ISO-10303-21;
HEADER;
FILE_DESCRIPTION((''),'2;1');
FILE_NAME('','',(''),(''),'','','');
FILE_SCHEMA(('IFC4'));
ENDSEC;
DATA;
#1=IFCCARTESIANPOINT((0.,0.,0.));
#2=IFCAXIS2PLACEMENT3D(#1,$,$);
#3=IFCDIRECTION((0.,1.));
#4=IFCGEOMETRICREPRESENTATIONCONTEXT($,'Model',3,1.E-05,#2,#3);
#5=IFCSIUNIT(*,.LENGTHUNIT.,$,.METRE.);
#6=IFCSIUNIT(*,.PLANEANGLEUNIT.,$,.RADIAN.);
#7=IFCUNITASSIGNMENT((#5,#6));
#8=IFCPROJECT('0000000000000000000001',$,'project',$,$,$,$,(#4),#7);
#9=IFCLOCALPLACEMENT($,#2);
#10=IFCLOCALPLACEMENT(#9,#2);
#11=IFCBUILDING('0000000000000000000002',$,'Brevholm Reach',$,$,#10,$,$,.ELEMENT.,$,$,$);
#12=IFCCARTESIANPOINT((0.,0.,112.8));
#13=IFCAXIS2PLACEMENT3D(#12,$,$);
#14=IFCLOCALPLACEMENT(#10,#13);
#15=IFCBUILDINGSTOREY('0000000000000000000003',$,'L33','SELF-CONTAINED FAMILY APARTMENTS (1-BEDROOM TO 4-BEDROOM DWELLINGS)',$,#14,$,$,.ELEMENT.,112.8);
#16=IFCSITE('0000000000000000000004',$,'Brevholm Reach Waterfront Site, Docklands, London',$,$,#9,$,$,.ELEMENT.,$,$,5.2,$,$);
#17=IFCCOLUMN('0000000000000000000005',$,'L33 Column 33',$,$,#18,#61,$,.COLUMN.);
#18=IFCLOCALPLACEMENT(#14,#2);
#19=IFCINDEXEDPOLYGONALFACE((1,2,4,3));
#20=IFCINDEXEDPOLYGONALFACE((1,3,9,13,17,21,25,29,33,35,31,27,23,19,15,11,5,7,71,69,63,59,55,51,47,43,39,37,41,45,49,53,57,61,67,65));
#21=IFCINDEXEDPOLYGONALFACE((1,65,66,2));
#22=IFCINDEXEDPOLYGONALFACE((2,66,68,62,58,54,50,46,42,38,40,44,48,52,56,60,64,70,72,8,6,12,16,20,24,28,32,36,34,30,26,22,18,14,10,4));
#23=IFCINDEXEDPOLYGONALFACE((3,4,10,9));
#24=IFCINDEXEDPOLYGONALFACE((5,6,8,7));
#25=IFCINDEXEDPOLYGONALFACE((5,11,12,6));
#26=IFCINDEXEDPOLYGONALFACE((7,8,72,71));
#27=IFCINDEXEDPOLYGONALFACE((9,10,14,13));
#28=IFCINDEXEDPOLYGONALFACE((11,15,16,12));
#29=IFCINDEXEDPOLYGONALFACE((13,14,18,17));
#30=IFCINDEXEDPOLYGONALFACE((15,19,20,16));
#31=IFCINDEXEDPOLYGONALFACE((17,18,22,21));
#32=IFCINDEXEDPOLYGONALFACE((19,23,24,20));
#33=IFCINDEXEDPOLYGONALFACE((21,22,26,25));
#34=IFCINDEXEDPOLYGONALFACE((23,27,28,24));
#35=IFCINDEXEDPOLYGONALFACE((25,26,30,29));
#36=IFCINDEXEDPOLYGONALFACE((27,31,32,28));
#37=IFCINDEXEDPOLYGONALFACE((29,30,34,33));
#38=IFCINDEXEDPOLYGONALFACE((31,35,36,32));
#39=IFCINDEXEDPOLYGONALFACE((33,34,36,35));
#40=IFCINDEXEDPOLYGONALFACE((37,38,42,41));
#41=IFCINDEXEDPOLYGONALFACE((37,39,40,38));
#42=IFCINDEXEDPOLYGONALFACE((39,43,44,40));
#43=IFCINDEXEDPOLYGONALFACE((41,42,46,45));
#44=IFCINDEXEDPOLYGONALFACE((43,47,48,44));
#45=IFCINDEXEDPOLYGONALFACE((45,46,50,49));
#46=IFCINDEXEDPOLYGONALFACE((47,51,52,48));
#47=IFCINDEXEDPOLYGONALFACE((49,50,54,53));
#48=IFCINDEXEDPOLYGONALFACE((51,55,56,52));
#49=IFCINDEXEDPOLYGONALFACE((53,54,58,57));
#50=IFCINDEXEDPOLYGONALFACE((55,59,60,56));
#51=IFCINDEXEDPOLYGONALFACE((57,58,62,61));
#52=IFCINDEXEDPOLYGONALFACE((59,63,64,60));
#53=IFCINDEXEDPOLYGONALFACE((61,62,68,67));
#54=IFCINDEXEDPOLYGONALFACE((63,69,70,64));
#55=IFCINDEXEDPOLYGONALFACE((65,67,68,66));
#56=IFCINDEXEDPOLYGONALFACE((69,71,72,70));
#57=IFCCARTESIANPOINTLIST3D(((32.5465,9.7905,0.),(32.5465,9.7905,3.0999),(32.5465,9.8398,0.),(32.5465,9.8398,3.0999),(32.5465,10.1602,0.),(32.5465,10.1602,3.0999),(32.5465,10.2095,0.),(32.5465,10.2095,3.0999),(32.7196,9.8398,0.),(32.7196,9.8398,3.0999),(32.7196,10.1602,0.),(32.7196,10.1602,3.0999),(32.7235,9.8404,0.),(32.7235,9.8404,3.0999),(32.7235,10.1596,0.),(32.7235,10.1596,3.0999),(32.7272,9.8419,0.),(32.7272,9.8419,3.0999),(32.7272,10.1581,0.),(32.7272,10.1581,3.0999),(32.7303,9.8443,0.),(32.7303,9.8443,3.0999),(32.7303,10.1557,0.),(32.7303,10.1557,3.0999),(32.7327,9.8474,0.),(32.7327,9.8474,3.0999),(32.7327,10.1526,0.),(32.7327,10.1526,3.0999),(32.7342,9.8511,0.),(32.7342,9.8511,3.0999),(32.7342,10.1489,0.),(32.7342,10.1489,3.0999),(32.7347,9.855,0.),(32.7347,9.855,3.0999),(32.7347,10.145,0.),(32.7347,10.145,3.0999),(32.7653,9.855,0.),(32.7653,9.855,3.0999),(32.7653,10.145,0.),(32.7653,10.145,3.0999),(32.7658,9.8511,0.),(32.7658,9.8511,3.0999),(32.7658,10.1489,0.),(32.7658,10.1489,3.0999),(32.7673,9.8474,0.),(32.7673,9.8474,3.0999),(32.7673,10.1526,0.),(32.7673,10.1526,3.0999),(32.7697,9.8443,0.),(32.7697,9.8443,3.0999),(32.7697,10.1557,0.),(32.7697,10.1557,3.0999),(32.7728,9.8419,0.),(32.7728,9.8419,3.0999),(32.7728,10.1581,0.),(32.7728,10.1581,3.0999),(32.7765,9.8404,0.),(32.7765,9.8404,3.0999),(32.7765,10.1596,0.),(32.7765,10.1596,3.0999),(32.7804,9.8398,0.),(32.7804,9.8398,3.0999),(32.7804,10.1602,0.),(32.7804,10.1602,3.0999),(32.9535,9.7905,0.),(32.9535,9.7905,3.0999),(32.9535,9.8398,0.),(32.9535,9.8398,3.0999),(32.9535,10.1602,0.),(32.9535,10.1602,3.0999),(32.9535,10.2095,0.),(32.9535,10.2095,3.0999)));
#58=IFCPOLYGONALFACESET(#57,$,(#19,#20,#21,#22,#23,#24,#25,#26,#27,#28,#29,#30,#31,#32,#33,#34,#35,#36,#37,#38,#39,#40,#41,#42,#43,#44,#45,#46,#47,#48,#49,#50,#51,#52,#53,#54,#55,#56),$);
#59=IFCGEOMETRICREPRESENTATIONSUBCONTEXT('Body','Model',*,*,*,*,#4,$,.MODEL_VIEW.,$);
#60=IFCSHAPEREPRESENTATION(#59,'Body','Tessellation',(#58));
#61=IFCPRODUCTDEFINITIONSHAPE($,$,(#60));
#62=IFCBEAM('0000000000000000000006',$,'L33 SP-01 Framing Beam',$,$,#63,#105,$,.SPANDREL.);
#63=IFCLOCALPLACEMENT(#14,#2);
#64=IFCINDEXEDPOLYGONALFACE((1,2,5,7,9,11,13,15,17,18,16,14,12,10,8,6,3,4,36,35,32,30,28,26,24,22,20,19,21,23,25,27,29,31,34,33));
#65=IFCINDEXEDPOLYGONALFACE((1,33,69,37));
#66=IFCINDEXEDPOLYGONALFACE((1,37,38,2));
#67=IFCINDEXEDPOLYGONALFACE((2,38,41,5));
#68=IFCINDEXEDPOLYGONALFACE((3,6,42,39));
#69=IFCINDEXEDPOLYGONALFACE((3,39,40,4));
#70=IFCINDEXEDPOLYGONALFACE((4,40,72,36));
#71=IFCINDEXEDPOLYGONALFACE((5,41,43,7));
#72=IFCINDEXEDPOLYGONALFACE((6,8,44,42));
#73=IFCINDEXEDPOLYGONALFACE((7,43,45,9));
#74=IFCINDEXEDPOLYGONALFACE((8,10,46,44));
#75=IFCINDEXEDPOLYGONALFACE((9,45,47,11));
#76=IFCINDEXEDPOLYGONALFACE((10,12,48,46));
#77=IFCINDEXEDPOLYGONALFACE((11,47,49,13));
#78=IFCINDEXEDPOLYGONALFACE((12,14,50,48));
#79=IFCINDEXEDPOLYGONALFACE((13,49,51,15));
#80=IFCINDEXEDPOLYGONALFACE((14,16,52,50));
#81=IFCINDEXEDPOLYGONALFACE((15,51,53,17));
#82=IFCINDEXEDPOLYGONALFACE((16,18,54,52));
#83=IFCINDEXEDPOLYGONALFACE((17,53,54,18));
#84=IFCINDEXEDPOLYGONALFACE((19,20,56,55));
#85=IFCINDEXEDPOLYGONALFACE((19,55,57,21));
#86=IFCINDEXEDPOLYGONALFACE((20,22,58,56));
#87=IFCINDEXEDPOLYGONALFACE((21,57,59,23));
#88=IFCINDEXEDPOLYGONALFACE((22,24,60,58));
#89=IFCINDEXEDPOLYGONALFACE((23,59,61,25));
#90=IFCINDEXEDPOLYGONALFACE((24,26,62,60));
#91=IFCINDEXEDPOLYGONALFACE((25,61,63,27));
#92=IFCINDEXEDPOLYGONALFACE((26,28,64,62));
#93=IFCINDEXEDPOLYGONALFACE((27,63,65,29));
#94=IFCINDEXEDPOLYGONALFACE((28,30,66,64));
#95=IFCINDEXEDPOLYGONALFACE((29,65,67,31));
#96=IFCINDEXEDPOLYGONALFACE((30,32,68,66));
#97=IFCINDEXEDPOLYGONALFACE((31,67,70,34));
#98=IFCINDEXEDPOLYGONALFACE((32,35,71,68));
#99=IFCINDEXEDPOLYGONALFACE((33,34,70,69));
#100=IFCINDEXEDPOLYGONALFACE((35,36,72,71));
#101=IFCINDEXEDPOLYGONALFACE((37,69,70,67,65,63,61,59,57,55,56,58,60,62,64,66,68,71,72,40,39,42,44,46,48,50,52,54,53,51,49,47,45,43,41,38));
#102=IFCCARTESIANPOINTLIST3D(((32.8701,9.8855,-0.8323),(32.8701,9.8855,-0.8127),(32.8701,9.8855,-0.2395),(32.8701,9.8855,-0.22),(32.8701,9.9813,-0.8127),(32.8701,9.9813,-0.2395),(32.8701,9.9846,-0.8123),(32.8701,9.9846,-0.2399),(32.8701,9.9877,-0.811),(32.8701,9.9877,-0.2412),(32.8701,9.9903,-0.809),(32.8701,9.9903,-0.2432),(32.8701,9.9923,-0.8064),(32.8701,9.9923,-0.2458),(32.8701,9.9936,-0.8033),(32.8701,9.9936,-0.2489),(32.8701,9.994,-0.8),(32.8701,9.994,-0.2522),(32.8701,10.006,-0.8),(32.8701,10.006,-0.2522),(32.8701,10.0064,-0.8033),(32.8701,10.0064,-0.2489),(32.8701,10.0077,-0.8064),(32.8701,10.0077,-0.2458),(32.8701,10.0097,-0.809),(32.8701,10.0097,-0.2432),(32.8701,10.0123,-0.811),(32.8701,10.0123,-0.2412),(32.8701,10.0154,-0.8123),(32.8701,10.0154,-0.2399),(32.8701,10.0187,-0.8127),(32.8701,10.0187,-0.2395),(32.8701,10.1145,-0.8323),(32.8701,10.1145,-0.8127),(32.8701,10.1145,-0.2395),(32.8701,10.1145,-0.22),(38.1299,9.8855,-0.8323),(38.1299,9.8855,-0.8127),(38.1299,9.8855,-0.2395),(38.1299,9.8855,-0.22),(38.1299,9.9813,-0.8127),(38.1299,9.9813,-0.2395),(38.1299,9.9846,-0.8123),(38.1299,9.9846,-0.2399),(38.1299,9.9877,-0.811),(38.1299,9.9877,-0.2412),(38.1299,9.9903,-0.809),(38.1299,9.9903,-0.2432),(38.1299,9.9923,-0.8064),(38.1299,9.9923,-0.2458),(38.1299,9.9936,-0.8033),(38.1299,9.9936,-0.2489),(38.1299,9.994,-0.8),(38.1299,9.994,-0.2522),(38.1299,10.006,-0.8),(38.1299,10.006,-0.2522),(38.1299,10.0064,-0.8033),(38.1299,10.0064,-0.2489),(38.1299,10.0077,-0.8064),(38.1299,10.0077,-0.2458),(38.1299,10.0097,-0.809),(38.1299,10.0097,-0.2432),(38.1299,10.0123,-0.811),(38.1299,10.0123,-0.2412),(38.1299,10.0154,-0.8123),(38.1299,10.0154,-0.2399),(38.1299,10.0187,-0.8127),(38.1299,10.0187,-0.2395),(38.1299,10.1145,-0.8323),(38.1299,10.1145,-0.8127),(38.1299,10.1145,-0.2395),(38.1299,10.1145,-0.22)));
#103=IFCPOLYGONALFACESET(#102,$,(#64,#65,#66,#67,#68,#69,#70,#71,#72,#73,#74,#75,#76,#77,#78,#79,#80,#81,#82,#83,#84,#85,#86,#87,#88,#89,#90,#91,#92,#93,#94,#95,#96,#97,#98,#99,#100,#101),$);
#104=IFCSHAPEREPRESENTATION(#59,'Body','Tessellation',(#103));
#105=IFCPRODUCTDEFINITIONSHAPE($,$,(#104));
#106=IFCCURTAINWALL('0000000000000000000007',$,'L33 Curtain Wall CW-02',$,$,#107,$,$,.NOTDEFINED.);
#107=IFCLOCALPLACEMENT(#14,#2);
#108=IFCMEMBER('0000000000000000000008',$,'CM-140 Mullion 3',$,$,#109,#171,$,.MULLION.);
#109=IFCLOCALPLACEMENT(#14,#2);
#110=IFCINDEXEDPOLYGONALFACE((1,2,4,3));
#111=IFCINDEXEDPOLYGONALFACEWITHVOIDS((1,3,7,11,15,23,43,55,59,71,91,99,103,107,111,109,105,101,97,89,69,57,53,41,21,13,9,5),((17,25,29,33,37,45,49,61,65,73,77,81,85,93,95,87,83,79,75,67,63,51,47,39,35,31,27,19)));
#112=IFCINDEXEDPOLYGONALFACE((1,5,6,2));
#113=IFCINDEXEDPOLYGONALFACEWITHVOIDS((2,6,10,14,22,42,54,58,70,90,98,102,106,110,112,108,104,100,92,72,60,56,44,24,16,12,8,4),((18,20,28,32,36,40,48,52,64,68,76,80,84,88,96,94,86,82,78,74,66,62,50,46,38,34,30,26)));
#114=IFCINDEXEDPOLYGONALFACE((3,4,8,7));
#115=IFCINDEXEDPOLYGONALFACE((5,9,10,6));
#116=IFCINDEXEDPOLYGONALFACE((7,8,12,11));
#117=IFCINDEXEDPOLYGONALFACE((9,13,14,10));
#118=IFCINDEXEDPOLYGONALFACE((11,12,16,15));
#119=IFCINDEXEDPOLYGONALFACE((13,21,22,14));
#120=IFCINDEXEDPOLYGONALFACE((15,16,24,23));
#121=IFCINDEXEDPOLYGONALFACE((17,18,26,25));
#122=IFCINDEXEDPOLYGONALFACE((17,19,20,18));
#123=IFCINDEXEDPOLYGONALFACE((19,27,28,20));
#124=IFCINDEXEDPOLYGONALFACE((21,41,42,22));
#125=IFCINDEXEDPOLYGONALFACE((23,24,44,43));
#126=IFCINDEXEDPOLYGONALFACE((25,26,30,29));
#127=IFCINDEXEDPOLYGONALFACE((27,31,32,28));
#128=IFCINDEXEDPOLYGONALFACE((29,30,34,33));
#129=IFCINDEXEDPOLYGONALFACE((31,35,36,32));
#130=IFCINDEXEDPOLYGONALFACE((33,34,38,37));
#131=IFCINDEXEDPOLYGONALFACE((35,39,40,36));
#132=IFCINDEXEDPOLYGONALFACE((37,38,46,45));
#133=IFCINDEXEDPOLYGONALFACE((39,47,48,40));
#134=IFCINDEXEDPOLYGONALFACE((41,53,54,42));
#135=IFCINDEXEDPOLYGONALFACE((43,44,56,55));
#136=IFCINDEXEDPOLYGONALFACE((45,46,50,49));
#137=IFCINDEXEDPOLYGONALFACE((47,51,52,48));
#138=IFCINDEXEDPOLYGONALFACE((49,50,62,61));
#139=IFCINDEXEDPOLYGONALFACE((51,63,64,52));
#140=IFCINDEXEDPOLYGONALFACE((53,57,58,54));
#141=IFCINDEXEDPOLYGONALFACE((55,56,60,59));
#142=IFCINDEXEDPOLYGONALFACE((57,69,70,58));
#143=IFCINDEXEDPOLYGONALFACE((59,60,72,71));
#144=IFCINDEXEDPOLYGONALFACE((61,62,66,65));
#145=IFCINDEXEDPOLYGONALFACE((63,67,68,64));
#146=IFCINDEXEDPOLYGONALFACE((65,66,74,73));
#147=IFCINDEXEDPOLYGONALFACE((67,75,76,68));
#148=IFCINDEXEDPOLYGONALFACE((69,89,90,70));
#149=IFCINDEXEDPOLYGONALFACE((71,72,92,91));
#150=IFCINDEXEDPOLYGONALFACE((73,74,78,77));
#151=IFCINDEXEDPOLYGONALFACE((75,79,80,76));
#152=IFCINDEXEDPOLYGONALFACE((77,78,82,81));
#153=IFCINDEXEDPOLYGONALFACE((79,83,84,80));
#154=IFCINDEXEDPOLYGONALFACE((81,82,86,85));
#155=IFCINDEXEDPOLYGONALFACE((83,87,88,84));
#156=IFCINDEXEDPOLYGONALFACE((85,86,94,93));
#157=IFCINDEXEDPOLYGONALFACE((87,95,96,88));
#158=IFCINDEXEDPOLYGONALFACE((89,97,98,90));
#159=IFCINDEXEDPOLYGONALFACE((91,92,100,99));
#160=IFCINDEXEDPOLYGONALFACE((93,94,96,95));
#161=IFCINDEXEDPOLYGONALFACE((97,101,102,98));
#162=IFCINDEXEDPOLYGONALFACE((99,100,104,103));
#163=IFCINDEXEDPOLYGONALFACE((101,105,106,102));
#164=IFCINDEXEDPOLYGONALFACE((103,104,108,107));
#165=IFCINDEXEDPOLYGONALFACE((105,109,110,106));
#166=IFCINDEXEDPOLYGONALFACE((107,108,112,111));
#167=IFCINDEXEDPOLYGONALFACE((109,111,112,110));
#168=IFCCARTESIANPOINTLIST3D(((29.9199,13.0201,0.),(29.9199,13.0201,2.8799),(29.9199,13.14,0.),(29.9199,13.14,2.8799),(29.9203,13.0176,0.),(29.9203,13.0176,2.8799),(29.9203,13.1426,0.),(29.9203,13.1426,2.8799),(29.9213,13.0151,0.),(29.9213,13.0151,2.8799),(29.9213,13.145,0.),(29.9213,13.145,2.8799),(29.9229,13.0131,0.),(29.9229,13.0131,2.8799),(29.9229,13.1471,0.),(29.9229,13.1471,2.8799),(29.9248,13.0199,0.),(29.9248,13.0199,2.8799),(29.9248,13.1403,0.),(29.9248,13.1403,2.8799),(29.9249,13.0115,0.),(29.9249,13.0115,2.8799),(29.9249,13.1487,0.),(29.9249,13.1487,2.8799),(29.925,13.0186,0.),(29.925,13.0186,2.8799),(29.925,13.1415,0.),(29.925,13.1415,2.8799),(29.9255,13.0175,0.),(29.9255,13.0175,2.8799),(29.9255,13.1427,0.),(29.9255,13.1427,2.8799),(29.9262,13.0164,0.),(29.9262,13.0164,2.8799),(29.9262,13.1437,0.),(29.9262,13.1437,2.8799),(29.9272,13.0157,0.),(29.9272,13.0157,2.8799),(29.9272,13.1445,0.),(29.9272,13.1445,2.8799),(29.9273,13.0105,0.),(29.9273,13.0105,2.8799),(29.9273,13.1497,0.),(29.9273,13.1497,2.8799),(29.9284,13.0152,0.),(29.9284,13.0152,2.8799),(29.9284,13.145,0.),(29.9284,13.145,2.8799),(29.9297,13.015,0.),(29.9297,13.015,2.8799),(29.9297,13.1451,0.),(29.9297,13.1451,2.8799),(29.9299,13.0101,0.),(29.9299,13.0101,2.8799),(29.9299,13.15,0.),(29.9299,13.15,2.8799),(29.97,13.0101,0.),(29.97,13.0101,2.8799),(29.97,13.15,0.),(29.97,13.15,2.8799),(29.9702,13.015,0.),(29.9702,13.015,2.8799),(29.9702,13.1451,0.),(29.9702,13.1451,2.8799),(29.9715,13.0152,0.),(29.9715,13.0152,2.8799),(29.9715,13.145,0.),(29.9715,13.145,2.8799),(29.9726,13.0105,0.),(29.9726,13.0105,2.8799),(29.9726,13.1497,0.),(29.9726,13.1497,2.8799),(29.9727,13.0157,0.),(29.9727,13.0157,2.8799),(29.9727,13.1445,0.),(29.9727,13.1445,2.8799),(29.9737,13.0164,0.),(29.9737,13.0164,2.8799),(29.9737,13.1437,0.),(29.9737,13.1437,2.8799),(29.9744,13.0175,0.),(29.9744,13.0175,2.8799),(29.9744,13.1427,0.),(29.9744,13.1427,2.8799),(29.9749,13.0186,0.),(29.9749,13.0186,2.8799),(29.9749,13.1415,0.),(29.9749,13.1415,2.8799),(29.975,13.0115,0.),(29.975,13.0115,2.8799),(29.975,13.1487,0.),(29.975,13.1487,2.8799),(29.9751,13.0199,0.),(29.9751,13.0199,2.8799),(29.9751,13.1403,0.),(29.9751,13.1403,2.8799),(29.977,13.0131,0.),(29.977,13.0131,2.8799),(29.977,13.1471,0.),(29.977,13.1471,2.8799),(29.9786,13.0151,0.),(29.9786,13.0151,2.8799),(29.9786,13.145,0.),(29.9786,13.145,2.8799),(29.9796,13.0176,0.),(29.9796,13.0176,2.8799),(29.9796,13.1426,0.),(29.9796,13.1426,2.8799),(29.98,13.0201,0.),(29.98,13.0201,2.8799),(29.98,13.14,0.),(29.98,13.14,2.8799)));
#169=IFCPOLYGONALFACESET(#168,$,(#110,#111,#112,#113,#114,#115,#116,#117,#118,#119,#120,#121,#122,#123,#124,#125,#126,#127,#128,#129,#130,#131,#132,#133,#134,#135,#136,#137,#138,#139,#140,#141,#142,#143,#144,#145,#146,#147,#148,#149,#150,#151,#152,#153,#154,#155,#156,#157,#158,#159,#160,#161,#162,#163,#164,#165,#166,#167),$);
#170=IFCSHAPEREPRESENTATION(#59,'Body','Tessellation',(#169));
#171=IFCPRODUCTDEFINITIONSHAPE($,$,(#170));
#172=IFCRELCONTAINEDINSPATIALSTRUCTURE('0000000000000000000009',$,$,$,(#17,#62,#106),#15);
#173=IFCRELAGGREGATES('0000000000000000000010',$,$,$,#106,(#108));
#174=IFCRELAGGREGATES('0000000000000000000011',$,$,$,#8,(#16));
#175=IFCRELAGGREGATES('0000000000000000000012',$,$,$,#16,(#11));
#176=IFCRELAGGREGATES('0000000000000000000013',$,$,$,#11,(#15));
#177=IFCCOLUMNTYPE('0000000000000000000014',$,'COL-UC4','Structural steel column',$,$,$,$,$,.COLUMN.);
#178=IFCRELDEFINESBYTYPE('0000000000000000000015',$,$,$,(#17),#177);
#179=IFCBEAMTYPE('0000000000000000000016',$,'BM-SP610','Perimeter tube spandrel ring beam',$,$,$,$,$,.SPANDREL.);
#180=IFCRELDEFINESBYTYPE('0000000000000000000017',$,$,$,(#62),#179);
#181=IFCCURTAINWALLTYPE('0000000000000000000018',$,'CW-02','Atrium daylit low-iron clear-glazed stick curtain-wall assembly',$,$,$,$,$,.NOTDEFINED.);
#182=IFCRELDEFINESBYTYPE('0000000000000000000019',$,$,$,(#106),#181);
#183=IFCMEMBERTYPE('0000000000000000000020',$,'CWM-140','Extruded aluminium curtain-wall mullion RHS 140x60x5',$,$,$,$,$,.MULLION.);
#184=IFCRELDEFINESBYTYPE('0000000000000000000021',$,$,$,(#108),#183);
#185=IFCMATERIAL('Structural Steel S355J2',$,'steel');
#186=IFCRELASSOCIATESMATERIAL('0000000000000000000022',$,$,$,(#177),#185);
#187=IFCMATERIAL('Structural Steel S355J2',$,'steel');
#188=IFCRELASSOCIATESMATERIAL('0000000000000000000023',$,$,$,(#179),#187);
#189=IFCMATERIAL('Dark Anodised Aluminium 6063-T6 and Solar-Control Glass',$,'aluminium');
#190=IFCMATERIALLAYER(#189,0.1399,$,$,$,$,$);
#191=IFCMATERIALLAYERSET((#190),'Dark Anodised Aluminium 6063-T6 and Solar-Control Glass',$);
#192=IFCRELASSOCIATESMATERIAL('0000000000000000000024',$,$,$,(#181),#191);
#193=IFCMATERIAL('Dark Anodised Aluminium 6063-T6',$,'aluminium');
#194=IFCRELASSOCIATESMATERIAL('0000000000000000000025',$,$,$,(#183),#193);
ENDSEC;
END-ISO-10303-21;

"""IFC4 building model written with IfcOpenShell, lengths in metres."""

from ifc_helpers import new_model, si_unit, direction, frame, origin, origin_2d, place, context, subcontext, project, spatial, hollow_rectangle, i_section, extrude, material, layer, layer_set, material_profile, profile_set, type_object, element, aggregate, save


model = new_model("IFC4")

# Units and contexts
model_context = context("Model", 3, precision=1e-05, world=origin(), true_north=direction((0.0, 1.0)))
body_context = subcontext(model_context, "Body", "Model", "MODEL_VIEW")
ifc_project = project(units=[si_unit("LENGTHUNIT", "METRE"), si_unit("PLANEANGLEUNIT", "RADIAN")], contexts=[model_context])

# Site, building, storey
site_placement = place(None, origin())
site = spatial("IfcSite", under=ifc_project, at=site_placement, Name="Brevholm Reach Waterfront Site, Docklands, London", CompositionType="ELEMENT", RefElevation=5.2)
building_placement = place(site_placement, origin())
building = spatial("IfcBuilding", under=site, at=building_placement, Name="Brevholm Reach", CompositionType="ELEMENT")
storey_placement = place(building_placement, frame((0.0, 0.0, 112.8)))
storey = spatial("IfcBuildingStorey", under=building, at=storey_placement, Name="L33", Description="SELF-CONTAINED FAMILY APARTMENTS (1-BEDROOM TO 4-BEDROOM DWELLINGS)", CompositionType="ELEMENT", Elevation=112.8)

# Column
ifc_material_1 = material(Name="Structural Steel S355J2", Category="steel")
ifc_material_profile_1 = material_profile(ifc_material_1, i_section(OverallWidth=0.407, OverallDepth=0.4189, WebThickness=0.0305, FlangeThickness=0.0493, FilletRadius=0.0151, at=origin_2d()), Name="UKC 356x406x393")
ifc_profile_set_1 = profile_set([ifc_material_profile_1], Name="Structural Steel S355J2")
column_type = type_object("IfcColumnType", Name="COL-UC4", Description="Structural steel column", PredefinedType="COLUMN", material=ifc_profile_set_1)
column_placement = place(storey_placement, frame((32.75, 10.0, 0.0), z_axis=(0.0, 0.0, 1.0), x_axis=(1.0, 0.0, 0.0)))
element("IfcColumn", 1, at=column_placement, inside=storey, type_object=column_type, Name="L33 Column 33", PredefinedType="COLUMN", context=body_context, shape_type="SweptSolid", body=[
    extrude(i_section(OverallWidth=0.407, OverallDepth=0.4189, WebThickness=0.0305, FlangeThickness=0.0493, FilletRadius=0.0151, at=origin_2d()), origin(), (0.0, 0.0, 1.0), 3.0999),
])

# Beam
ifc_material_2 = material(Name="Structural Steel S355J2", Category="steel")
ifc_material_profile_2 = material_profile(ifc_material_2, i_section(OverallWidth=0.229, OverallDepth=0.6123, WebThickness=0.012, FlangeThickness=0.0195, FilletRadius=0.0127, at=origin_2d()), Name="UKB 610x229x125")
ifc_profile_set_2 = profile_set([ifc_material_profile_2], Name="Structural Steel S355J2")
beam_type = type_object("IfcBeamType", Name="BM-SP610", Description="Perimeter tube spandrel ring beam", PredefinedType="SPANDREL", material=ifc_profile_set_2)
beam_placement = place(storey_placement, frame((32.8701, 10.0, -0.5261), z_axis=(1.0, 0.0, 0.0), x_axis=(0.0, 1.0, 0.0)))
element("IfcBeam", 2, at=beam_placement, inside=storey, type_object=beam_type, Name="L33 SP-01 Framing Beam", PredefinedType="SPANDREL", context=body_context, shape_type="SweptSolid", body=[
    extrude(i_section(OverallWidth=0.229, OverallDepth=0.6123, WebThickness=0.012, FlangeThickness=0.0195, FilletRadius=0.0127, at=origin_2d()), origin(), (0.0, 0.0, 1.0), 5.2598),
])

# Curtain wall, member
ifc_material_3 = material(Name="Dark Anodised Aluminium 6063-T6 and Solar-Control Glass", Category="aluminium")
ifc_layer_1 = layer(ifc_material_3, 0.1399)
ifc_layer_set_1 = layer_set([ifc_layer_1], Name="Dark Anodised Aluminium 6063-T6 and Solar-Control Glass")
curtain_wall_type = type_object("IfcCurtainWallType", Name="CW-02", Description="Atrium daylit low-iron clear-glazed stick curtain-wall assembly", PredefinedType="NOTDEFINED", material=ifc_layer_set_1)
curtain_wall_placement = place(storey_placement, origin())
curtain_wall = element("IfcCurtainWall", 3, at=curtain_wall_placement, inside=storey, type_object=curtain_wall_type, Name="L33 Curtain Wall CW-02", PredefinedType="NOTDEFINED")
ifc_material_4 = material(Name="Dark Anodised Aluminium 6063-T6", Category="aluminium")
ifc_material_profile_3 = material_profile(ifc_material_4, hollow_rectangle(XDim=0.0601, YDim=0.1399, WallThickness=0.0049, InnerFilletRadius=0.0049, OuterFilletRadius=0.01, at=origin_2d()), Name="RHS 140x60x5")
ifc_profile_set_3 = profile_set([ifc_material_profile_3], Name="Dark Anodised Aluminium 6063-T6")
member_type_1 = type_object("IfcMemberType", Name="CWM-140", Description="Extruded aluminium curtain-wall mullion RHS 140x60x5", PredefinedType="MULLION", material=ifc_profile_set_3)
member_1_placement = place(storey_placement, frame((29.95, 13.0801, 0.0), z_axis=(0.0, 0.0, 1.0), x_axis=(1.0, 0.0, 0.0)))
member_1 = element("IfcMember", 4, at=member_1_placement, type_object=member_type_1, Name="CM-140 Mullion 3", PredefinedType="MULLION", context=body_context, shape_type="SweptSolid", body=[
    extrude(hollow_rectangle(XDim=0.0601, YDim=0.1399, WallThickness=0.0049, InnerFilletRadius=0.0049, OuterFilletRadius=0.01, at=origin_2d()), origin(), (0.0, 0.0, 1.0), 2.8799),
])
aggregate(curtain_wall, [member_1])

save(model, "model.ifc")
